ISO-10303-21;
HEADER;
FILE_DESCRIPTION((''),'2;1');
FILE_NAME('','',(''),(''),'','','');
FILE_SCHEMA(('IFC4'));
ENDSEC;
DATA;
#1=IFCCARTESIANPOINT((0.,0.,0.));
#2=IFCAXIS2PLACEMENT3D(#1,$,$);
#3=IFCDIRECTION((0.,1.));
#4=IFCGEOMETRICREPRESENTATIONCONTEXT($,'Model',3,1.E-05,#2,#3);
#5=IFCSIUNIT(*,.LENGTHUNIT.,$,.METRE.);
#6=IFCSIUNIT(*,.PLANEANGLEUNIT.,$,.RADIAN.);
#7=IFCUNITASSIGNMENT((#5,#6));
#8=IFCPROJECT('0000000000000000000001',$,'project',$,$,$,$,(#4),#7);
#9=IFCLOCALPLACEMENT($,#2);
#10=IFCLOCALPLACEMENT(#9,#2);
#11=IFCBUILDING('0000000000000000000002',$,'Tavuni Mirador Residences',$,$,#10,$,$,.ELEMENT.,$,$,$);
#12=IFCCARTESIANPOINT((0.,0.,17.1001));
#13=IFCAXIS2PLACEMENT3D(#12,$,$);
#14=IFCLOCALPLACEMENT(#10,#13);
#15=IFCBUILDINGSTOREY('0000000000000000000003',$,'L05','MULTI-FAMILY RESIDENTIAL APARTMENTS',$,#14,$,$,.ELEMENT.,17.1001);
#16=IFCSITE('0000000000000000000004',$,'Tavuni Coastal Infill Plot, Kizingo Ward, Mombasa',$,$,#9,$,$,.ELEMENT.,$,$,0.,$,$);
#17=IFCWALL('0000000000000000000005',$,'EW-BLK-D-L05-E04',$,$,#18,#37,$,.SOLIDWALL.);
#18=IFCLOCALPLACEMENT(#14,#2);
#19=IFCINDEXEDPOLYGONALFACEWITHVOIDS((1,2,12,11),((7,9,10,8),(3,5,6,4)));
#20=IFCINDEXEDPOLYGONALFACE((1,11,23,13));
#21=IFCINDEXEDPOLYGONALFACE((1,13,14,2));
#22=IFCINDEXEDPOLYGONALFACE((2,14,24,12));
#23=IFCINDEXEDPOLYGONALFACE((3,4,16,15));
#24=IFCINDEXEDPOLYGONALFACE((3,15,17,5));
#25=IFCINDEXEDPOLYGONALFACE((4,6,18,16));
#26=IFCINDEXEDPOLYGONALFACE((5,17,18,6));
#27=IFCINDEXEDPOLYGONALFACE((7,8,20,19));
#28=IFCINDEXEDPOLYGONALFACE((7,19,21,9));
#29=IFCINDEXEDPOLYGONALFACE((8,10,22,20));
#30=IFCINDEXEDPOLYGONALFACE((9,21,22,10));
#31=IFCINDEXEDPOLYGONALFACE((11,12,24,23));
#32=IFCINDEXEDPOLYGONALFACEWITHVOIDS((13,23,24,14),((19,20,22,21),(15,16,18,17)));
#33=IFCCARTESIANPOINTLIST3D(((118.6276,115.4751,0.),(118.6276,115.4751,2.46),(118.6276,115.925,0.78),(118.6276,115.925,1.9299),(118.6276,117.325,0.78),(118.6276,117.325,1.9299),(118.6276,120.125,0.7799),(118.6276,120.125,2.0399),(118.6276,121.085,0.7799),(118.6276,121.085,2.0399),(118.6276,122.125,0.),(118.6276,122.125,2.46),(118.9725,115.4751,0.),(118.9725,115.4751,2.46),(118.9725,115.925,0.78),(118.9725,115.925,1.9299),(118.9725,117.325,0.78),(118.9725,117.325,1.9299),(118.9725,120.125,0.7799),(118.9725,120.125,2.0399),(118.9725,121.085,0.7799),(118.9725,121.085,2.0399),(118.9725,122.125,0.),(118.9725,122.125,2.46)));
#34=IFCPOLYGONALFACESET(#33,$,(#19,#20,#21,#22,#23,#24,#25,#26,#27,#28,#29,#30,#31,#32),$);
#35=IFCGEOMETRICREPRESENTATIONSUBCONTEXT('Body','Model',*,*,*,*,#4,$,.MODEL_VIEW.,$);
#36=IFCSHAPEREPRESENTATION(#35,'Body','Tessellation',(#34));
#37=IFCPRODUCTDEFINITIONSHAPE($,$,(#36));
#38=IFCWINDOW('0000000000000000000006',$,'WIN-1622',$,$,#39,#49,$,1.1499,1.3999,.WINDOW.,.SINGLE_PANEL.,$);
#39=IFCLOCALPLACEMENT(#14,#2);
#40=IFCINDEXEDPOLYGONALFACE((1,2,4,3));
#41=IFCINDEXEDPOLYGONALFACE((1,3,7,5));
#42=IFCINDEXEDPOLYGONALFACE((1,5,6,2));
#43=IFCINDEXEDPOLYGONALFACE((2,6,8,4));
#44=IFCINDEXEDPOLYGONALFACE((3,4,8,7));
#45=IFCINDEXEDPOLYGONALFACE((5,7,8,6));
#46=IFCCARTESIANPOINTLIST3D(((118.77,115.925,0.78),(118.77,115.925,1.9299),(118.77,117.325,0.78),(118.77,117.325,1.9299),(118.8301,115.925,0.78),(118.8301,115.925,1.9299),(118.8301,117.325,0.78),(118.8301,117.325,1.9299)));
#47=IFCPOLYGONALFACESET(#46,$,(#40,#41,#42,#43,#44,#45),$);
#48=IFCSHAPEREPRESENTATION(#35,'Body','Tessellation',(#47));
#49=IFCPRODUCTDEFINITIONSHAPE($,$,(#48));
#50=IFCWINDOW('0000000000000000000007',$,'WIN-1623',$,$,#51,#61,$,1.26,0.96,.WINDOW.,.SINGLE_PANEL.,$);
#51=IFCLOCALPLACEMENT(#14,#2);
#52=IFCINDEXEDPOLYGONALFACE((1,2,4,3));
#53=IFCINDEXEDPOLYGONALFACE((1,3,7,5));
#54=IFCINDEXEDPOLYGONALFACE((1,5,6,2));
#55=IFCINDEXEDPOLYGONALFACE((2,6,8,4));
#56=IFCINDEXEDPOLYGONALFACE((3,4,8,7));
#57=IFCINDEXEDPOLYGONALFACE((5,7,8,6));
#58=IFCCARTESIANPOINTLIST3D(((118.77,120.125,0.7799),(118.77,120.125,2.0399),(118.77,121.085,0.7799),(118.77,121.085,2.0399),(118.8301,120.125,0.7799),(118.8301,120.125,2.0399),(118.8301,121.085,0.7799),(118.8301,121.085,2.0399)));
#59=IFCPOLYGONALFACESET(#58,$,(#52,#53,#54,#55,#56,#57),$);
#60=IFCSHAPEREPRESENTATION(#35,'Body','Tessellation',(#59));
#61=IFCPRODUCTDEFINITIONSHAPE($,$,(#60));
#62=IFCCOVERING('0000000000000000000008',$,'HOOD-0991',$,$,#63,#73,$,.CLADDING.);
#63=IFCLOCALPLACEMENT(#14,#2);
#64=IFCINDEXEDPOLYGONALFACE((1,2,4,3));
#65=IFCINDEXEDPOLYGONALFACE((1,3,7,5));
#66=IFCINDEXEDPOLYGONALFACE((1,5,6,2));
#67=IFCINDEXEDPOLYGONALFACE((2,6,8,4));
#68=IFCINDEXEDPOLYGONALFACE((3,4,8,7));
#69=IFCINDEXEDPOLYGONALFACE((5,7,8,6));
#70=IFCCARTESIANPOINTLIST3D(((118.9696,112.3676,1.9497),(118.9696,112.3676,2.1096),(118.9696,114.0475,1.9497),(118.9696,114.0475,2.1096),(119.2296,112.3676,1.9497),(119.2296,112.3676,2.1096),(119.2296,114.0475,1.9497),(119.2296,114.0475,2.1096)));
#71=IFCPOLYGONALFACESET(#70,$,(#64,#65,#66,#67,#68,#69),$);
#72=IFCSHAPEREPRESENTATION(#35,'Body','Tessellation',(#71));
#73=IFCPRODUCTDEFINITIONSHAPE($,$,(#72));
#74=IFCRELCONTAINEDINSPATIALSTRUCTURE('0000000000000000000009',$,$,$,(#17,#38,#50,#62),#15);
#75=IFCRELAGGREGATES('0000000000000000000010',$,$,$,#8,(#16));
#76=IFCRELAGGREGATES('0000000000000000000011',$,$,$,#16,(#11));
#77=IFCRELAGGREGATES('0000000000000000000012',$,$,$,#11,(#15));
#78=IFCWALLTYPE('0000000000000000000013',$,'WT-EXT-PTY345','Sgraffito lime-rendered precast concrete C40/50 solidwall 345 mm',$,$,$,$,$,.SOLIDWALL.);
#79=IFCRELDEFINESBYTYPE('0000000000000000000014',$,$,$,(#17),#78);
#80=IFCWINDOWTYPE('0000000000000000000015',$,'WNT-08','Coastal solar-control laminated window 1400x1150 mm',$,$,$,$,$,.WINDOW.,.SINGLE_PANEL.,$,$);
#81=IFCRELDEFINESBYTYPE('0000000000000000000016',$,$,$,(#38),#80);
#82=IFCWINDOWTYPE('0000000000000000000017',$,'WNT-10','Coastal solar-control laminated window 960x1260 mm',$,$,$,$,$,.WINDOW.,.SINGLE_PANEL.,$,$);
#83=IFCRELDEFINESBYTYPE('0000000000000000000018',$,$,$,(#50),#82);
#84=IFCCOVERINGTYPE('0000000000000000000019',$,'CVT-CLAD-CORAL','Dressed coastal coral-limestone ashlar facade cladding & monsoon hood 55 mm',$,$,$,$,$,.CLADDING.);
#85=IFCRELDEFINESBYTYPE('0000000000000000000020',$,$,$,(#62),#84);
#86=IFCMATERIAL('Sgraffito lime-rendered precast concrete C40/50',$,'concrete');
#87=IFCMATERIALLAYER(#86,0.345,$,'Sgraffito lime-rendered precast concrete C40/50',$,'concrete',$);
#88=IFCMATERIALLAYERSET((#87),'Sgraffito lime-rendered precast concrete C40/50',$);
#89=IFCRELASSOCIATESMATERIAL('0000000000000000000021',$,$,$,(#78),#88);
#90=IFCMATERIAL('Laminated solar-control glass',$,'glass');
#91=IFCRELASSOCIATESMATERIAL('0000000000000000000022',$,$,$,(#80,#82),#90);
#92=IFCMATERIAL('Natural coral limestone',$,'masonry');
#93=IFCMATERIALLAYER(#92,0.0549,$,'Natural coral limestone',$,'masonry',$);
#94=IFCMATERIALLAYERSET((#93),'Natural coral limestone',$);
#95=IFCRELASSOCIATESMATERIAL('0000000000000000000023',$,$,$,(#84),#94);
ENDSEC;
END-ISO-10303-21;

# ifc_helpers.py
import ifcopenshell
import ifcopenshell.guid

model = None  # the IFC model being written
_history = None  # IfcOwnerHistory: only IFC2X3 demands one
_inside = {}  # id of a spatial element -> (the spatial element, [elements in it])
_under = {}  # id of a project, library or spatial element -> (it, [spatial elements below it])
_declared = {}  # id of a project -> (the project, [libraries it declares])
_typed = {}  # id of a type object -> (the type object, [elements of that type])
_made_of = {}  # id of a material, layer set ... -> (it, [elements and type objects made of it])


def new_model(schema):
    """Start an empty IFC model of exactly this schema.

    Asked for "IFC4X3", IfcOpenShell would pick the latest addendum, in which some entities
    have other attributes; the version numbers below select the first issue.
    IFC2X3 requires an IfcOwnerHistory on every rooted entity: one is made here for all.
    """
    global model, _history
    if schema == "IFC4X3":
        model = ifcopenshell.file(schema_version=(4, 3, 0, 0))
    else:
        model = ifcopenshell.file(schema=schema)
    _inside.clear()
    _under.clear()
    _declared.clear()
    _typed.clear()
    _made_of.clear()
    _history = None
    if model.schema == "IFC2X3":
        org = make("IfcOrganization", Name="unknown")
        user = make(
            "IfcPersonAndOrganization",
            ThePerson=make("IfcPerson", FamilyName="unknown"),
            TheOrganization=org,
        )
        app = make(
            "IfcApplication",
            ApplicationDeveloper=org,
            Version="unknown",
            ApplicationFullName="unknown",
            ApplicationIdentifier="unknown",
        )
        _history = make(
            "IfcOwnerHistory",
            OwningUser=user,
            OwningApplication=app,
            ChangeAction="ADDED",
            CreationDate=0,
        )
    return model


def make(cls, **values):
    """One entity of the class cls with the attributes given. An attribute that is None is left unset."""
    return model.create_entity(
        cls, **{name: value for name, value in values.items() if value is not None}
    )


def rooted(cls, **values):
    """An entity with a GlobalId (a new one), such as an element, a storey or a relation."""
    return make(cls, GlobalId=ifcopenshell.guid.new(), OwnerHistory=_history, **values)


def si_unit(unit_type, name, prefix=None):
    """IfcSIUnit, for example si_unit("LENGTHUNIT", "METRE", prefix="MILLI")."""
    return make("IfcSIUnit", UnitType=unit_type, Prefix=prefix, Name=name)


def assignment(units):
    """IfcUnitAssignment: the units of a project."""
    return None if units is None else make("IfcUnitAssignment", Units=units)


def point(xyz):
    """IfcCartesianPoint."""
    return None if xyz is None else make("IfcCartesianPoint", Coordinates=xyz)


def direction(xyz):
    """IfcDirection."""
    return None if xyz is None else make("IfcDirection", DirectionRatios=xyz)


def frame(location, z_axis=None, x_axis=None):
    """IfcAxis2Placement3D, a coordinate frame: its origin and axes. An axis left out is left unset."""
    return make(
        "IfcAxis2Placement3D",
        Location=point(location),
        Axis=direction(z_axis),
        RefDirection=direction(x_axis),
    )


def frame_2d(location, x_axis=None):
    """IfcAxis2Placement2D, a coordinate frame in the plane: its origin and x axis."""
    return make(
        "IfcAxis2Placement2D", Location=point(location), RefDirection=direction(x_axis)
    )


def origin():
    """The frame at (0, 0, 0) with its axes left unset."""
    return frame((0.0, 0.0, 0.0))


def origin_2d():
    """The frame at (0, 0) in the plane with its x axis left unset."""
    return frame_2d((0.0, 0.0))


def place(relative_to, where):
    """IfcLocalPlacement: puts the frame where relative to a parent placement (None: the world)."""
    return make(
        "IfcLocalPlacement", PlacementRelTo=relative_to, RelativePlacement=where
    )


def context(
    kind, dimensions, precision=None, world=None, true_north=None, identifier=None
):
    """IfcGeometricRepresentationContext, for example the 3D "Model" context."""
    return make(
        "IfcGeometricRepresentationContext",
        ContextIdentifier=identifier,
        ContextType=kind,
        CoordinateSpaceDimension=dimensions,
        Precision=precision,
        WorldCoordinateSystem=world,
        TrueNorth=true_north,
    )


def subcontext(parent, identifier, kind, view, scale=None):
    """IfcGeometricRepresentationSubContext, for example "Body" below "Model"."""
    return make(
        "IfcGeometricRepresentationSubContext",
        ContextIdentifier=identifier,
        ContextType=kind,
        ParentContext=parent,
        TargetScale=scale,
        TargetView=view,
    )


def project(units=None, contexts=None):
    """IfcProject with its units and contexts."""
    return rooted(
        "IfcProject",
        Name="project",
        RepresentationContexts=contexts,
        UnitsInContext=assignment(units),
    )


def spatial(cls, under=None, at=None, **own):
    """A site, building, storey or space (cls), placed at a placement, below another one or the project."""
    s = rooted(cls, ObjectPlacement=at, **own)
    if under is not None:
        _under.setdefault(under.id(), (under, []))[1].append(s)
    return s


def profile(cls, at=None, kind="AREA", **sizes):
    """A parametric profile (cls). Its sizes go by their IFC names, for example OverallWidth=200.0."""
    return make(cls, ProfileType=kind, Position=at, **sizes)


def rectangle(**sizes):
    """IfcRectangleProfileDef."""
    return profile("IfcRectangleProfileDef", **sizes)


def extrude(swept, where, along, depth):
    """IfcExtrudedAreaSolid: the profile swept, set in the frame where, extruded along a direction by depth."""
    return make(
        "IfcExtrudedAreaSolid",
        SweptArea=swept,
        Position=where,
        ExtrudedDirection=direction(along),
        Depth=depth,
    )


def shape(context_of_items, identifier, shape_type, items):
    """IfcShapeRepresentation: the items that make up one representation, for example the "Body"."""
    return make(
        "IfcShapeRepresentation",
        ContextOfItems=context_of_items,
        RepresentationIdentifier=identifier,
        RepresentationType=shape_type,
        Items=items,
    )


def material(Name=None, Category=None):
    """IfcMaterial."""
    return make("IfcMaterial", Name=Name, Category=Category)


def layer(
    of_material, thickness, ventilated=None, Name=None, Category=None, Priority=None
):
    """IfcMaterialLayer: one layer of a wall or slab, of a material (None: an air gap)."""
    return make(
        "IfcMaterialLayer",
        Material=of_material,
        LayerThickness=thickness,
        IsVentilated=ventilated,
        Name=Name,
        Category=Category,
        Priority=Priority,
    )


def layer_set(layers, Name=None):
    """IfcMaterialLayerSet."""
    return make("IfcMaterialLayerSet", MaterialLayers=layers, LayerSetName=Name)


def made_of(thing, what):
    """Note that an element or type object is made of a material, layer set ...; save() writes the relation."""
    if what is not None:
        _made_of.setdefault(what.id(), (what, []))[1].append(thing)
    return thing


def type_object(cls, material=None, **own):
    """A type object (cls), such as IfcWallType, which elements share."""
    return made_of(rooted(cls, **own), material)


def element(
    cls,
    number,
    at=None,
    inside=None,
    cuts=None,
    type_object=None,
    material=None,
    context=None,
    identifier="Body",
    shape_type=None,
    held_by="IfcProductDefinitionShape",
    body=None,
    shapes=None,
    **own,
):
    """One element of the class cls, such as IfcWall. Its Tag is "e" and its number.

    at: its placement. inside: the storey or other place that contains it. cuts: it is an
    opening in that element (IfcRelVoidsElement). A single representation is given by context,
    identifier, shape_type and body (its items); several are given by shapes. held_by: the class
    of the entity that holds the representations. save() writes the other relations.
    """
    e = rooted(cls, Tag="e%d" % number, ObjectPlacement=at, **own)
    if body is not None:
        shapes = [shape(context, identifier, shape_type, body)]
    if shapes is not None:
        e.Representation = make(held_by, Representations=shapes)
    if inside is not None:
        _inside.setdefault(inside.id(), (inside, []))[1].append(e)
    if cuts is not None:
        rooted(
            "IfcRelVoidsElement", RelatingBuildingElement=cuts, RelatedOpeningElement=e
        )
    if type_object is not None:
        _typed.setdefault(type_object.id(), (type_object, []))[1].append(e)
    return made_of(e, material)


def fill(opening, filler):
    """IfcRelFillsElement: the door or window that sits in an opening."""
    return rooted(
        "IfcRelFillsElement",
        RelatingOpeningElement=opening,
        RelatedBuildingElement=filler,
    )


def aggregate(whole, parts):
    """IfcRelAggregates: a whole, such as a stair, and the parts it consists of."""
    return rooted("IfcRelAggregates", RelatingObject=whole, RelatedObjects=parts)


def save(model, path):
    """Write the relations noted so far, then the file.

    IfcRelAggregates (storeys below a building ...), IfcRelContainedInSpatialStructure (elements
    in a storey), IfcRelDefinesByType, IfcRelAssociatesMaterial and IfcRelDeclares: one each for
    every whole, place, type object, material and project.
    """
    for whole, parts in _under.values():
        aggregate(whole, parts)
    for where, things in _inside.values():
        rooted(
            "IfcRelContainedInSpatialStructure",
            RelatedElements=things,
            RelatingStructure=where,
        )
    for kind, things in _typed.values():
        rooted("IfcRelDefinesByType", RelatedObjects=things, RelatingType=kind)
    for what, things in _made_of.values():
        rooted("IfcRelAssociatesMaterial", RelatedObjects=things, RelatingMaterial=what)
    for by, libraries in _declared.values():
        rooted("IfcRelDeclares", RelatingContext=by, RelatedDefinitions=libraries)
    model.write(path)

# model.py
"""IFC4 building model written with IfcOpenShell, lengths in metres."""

from ifc_helpers import new_model, si_unit, direction, frame, frame_2d, origin, origin_2d, place, context, subcontext, project, spatial, rectangle, extrude, material, layer, layer_set, type_object, element, fill, save


model = new_model("IFC4")

# Units and contexts
model_context = context("Model", 3, precision=1e-05, world=origin(), true_north=direction((0.0, 1.0)))
body_context = subcontext(model_context, "Body", "Model", "MODEL_VIEW")
ifc_project = project(units=[si_unit("LENGTHUNIT", "METRE"), si_unit("PLANEANGLEUNIT", "RADIAN")], contexts=[model_context])

# Site, building, storey
site_placement = place(None, origin())
site = spatial("IfcSite", under=ifc_project, at=site_placement, Name="Tavuni Coastal Infill Plot, Kizingo Ward, Mombasa", CompositionType="ELEMENT", RefElevation=0.0)
building_placement = place(site_placement, origin())
building = spatial("IfcBuilding", under=site, at=building_placement, Name="Tavuni Mirador Residences", CompositionType="ELEMENT")
storey_placement = place(building_placement, frame((0.0, 0.0, 17.1001)))
storey = spatial("IfcBuildingStorey", under=building, at=storey_placement, Name="L05", Description="MULTI-FAMILY RESIDENTIAL APARTMENTS", CompositionType="ELEMENT", Elevation=17.1001)

# Shared definitions
ifc_material_1 = material(Name="Laminated solar-control glass", Category="glass")

# Shared definitions
ifc_material_2 = material(Name="Sgraffito lime-rendered precast concrete C40/50", Category="concrete")
ifc_layer_1 = layer(ifc_material_2, 0.345, Name="Sgraffito lime-rendered precast concrete C40/50", Category="concrete")
ifc_layer_set_1 = layer_set([ifc_layer_1], Name="Sgraffito lime-rendered precast concrete C40/50")
wall_type = type_object("IfcWallType", Name="WT-EXT-PTY345", Description="Sgraffito lime-rendered precast concrete C40/50 solidwall 345 mm", PredefinedType="SOLIDWALL", material=ifc_layer_set_1)

# Wall, openings, windows
wall_1_placement = place(storey_placement, frame((118.8, 115.4751, 0.0), z_axis=(0.0, 0.0, 1.0), x_axis=(0.0, 1.0, 0.0)))
wall_1 = element("IfcWall", 1, at=wall_1_placement, inside=storey, type_object=wall_type, Name="EW-BLK-D-L05-E04", PredefinedType="SOLIDWALL", context=body_context, shape_type="SweptSolid", body=[
    extrude(rectangle(XDim=6.6499, YDim=0.345, at=frame_2d((3.325, 0.0))), origin(), (0.0, 0.0, 1.0), 2.46),
])
opening_1_placement = place(wall_1_placement, frame((0.45, 0.0, 0.78)))
opening_1 = element("IfcOpeningElement", 2, at=opening_1_placement, cuts=wall_1, PredefinedType="OPENING", context=body_context, shape_type="SweptSolid", body=[
    extrude(rectangle(XDim=1.3999, YDim=1.1499, at=frame_2d((0.7, 0.575))), frame((0.0, 0.1826, 0.0), z_axis=(0.0, -1.0, 0.0), x_axis=(1.0, 0.0, 0.0)), (0.0, 0.0, 1.0), 0.365),
])
opening_2_placement = place(wall_1_placement, frame((4.6499, 0.0, 0.78)))
opening_2 = element("IfcOpeningElement", 3, at=opening_2_placement, cuts=wall_1, PredefinedType="OPENING", context=body_context, shape_type="SweptSolid", body=[
    extrude(rectangle(XDim=0.96, YDim=1.26, at=frame_2d((0.48, 0.6299))), frame((0.0, 0.1826, 0.0), z_axis=(0.0, -1.0, 0.0), x_axis=(1.0, 0.0, 0.0)), (0.0, 0.0, 1.0), 0.365),
])
window_type_1 = type_object("IfcWindowType", Name="WNT-08", Description="Coastal solar-control laminated window 1400x1150 mm", PartitioningType="SINGLE_PANEL", PredefinedType="WINDOW", material=ifc_material_1)
window_1_placement = place(opening_1_placement, origin())
window_1 = element("IfcWindow", 4, at=window_1_placement, inside=storey, type_object=window_type_1, Name="WIN-1622", OverallHeight=1.1499, OverallWidth=1.3999, PartitioningType="SINGLE_PANEL", PredefinedType="WINDOW", context=body_context, shape_type="SweptSolid", body=[
    extrude(rectangle(XDim=1.3999, YDim=1.1499, at=frame_2d((0.7, 0.575))), frame((0.0, 0.03, 0.0), z_axis=(0.0, -1.0, 0.0), x_axis=(1.0, 0.0, 0.0)), (0.0, 0.0, 1.0), 0.0601),
])
fill(opening_1, window_1)
window_type_2 = type_object("IfcWindowType", Name="WNT-10", Description="Coastal solar-control laminated window 960x1260 mm", PartitioningType="SINGLE_PANEL", PredefinedType="WINDOW", material=ifc_material_1)
window_2_placement = place(opening_2_placement, origin())
window_2 = element("IfcWindow", 5, at=window_2_placement, inside=storey, type_object=window_type_2, Name="WIN-1623", OverallHeight=1.26, OverallWidth=0.96, PartitioningType="SINGLE_PANEL", PredefinedType="WINDOW", context=body_context, shape_type="SweptSolid", body=[
    extrude(rectangle(XDim=0.96, YDim=1.26, at=frame_2d((0.48, 0.6299))), frame((0.0, 0.03, 0.0), z_axis=(0.0, -1.0, 0.0), x_axis=(1.0, 0.0, 0.0)), (0.0, 0.0, 1.0), 0.0601),
])
fill(opening_2, window_2)

# Covering
ifc_material_3 = material(Name="Natural coral limestone", Category="masonry")
ifc_layer_2 = layer(ifc_material_3, 0.0549, Name="Natural coral limestone", Category="masonry")
ifc_layer_set_2 = layer_set([ifc_layer_2], Name="Natural coral limestone")
covering_type = type_object("IfcCoveringType", Name="CVT-CLAD-CORAL", Description="Dressed coastal coral-limestone ashlar facade cladding & monsoon hood 55 mm", PredefinedType="CLADDING", material=ifc_layer_set_2)
covering_placement = place(storey_placement, frame((119.0996, 113.2075, 1.9497), z_axis=(0.0, 0.0, 1.0), x_axis=(0.0, 1.0, 0.0)))
element("IfcCovering", 6, at=covering_placement, inside=storey, type_object=covering_type, Name="HOOD-0991", PredefinedType="CLADDING", context=body_context, shape_type="SweptSolid", body=[
    extrude(rectangle(XDim=1.6799, YDim=0.26, at=origin_2d()), origin(), (0.0, 0.0, 1.0), 0.1599),
])

save(model, "model.ifc")
